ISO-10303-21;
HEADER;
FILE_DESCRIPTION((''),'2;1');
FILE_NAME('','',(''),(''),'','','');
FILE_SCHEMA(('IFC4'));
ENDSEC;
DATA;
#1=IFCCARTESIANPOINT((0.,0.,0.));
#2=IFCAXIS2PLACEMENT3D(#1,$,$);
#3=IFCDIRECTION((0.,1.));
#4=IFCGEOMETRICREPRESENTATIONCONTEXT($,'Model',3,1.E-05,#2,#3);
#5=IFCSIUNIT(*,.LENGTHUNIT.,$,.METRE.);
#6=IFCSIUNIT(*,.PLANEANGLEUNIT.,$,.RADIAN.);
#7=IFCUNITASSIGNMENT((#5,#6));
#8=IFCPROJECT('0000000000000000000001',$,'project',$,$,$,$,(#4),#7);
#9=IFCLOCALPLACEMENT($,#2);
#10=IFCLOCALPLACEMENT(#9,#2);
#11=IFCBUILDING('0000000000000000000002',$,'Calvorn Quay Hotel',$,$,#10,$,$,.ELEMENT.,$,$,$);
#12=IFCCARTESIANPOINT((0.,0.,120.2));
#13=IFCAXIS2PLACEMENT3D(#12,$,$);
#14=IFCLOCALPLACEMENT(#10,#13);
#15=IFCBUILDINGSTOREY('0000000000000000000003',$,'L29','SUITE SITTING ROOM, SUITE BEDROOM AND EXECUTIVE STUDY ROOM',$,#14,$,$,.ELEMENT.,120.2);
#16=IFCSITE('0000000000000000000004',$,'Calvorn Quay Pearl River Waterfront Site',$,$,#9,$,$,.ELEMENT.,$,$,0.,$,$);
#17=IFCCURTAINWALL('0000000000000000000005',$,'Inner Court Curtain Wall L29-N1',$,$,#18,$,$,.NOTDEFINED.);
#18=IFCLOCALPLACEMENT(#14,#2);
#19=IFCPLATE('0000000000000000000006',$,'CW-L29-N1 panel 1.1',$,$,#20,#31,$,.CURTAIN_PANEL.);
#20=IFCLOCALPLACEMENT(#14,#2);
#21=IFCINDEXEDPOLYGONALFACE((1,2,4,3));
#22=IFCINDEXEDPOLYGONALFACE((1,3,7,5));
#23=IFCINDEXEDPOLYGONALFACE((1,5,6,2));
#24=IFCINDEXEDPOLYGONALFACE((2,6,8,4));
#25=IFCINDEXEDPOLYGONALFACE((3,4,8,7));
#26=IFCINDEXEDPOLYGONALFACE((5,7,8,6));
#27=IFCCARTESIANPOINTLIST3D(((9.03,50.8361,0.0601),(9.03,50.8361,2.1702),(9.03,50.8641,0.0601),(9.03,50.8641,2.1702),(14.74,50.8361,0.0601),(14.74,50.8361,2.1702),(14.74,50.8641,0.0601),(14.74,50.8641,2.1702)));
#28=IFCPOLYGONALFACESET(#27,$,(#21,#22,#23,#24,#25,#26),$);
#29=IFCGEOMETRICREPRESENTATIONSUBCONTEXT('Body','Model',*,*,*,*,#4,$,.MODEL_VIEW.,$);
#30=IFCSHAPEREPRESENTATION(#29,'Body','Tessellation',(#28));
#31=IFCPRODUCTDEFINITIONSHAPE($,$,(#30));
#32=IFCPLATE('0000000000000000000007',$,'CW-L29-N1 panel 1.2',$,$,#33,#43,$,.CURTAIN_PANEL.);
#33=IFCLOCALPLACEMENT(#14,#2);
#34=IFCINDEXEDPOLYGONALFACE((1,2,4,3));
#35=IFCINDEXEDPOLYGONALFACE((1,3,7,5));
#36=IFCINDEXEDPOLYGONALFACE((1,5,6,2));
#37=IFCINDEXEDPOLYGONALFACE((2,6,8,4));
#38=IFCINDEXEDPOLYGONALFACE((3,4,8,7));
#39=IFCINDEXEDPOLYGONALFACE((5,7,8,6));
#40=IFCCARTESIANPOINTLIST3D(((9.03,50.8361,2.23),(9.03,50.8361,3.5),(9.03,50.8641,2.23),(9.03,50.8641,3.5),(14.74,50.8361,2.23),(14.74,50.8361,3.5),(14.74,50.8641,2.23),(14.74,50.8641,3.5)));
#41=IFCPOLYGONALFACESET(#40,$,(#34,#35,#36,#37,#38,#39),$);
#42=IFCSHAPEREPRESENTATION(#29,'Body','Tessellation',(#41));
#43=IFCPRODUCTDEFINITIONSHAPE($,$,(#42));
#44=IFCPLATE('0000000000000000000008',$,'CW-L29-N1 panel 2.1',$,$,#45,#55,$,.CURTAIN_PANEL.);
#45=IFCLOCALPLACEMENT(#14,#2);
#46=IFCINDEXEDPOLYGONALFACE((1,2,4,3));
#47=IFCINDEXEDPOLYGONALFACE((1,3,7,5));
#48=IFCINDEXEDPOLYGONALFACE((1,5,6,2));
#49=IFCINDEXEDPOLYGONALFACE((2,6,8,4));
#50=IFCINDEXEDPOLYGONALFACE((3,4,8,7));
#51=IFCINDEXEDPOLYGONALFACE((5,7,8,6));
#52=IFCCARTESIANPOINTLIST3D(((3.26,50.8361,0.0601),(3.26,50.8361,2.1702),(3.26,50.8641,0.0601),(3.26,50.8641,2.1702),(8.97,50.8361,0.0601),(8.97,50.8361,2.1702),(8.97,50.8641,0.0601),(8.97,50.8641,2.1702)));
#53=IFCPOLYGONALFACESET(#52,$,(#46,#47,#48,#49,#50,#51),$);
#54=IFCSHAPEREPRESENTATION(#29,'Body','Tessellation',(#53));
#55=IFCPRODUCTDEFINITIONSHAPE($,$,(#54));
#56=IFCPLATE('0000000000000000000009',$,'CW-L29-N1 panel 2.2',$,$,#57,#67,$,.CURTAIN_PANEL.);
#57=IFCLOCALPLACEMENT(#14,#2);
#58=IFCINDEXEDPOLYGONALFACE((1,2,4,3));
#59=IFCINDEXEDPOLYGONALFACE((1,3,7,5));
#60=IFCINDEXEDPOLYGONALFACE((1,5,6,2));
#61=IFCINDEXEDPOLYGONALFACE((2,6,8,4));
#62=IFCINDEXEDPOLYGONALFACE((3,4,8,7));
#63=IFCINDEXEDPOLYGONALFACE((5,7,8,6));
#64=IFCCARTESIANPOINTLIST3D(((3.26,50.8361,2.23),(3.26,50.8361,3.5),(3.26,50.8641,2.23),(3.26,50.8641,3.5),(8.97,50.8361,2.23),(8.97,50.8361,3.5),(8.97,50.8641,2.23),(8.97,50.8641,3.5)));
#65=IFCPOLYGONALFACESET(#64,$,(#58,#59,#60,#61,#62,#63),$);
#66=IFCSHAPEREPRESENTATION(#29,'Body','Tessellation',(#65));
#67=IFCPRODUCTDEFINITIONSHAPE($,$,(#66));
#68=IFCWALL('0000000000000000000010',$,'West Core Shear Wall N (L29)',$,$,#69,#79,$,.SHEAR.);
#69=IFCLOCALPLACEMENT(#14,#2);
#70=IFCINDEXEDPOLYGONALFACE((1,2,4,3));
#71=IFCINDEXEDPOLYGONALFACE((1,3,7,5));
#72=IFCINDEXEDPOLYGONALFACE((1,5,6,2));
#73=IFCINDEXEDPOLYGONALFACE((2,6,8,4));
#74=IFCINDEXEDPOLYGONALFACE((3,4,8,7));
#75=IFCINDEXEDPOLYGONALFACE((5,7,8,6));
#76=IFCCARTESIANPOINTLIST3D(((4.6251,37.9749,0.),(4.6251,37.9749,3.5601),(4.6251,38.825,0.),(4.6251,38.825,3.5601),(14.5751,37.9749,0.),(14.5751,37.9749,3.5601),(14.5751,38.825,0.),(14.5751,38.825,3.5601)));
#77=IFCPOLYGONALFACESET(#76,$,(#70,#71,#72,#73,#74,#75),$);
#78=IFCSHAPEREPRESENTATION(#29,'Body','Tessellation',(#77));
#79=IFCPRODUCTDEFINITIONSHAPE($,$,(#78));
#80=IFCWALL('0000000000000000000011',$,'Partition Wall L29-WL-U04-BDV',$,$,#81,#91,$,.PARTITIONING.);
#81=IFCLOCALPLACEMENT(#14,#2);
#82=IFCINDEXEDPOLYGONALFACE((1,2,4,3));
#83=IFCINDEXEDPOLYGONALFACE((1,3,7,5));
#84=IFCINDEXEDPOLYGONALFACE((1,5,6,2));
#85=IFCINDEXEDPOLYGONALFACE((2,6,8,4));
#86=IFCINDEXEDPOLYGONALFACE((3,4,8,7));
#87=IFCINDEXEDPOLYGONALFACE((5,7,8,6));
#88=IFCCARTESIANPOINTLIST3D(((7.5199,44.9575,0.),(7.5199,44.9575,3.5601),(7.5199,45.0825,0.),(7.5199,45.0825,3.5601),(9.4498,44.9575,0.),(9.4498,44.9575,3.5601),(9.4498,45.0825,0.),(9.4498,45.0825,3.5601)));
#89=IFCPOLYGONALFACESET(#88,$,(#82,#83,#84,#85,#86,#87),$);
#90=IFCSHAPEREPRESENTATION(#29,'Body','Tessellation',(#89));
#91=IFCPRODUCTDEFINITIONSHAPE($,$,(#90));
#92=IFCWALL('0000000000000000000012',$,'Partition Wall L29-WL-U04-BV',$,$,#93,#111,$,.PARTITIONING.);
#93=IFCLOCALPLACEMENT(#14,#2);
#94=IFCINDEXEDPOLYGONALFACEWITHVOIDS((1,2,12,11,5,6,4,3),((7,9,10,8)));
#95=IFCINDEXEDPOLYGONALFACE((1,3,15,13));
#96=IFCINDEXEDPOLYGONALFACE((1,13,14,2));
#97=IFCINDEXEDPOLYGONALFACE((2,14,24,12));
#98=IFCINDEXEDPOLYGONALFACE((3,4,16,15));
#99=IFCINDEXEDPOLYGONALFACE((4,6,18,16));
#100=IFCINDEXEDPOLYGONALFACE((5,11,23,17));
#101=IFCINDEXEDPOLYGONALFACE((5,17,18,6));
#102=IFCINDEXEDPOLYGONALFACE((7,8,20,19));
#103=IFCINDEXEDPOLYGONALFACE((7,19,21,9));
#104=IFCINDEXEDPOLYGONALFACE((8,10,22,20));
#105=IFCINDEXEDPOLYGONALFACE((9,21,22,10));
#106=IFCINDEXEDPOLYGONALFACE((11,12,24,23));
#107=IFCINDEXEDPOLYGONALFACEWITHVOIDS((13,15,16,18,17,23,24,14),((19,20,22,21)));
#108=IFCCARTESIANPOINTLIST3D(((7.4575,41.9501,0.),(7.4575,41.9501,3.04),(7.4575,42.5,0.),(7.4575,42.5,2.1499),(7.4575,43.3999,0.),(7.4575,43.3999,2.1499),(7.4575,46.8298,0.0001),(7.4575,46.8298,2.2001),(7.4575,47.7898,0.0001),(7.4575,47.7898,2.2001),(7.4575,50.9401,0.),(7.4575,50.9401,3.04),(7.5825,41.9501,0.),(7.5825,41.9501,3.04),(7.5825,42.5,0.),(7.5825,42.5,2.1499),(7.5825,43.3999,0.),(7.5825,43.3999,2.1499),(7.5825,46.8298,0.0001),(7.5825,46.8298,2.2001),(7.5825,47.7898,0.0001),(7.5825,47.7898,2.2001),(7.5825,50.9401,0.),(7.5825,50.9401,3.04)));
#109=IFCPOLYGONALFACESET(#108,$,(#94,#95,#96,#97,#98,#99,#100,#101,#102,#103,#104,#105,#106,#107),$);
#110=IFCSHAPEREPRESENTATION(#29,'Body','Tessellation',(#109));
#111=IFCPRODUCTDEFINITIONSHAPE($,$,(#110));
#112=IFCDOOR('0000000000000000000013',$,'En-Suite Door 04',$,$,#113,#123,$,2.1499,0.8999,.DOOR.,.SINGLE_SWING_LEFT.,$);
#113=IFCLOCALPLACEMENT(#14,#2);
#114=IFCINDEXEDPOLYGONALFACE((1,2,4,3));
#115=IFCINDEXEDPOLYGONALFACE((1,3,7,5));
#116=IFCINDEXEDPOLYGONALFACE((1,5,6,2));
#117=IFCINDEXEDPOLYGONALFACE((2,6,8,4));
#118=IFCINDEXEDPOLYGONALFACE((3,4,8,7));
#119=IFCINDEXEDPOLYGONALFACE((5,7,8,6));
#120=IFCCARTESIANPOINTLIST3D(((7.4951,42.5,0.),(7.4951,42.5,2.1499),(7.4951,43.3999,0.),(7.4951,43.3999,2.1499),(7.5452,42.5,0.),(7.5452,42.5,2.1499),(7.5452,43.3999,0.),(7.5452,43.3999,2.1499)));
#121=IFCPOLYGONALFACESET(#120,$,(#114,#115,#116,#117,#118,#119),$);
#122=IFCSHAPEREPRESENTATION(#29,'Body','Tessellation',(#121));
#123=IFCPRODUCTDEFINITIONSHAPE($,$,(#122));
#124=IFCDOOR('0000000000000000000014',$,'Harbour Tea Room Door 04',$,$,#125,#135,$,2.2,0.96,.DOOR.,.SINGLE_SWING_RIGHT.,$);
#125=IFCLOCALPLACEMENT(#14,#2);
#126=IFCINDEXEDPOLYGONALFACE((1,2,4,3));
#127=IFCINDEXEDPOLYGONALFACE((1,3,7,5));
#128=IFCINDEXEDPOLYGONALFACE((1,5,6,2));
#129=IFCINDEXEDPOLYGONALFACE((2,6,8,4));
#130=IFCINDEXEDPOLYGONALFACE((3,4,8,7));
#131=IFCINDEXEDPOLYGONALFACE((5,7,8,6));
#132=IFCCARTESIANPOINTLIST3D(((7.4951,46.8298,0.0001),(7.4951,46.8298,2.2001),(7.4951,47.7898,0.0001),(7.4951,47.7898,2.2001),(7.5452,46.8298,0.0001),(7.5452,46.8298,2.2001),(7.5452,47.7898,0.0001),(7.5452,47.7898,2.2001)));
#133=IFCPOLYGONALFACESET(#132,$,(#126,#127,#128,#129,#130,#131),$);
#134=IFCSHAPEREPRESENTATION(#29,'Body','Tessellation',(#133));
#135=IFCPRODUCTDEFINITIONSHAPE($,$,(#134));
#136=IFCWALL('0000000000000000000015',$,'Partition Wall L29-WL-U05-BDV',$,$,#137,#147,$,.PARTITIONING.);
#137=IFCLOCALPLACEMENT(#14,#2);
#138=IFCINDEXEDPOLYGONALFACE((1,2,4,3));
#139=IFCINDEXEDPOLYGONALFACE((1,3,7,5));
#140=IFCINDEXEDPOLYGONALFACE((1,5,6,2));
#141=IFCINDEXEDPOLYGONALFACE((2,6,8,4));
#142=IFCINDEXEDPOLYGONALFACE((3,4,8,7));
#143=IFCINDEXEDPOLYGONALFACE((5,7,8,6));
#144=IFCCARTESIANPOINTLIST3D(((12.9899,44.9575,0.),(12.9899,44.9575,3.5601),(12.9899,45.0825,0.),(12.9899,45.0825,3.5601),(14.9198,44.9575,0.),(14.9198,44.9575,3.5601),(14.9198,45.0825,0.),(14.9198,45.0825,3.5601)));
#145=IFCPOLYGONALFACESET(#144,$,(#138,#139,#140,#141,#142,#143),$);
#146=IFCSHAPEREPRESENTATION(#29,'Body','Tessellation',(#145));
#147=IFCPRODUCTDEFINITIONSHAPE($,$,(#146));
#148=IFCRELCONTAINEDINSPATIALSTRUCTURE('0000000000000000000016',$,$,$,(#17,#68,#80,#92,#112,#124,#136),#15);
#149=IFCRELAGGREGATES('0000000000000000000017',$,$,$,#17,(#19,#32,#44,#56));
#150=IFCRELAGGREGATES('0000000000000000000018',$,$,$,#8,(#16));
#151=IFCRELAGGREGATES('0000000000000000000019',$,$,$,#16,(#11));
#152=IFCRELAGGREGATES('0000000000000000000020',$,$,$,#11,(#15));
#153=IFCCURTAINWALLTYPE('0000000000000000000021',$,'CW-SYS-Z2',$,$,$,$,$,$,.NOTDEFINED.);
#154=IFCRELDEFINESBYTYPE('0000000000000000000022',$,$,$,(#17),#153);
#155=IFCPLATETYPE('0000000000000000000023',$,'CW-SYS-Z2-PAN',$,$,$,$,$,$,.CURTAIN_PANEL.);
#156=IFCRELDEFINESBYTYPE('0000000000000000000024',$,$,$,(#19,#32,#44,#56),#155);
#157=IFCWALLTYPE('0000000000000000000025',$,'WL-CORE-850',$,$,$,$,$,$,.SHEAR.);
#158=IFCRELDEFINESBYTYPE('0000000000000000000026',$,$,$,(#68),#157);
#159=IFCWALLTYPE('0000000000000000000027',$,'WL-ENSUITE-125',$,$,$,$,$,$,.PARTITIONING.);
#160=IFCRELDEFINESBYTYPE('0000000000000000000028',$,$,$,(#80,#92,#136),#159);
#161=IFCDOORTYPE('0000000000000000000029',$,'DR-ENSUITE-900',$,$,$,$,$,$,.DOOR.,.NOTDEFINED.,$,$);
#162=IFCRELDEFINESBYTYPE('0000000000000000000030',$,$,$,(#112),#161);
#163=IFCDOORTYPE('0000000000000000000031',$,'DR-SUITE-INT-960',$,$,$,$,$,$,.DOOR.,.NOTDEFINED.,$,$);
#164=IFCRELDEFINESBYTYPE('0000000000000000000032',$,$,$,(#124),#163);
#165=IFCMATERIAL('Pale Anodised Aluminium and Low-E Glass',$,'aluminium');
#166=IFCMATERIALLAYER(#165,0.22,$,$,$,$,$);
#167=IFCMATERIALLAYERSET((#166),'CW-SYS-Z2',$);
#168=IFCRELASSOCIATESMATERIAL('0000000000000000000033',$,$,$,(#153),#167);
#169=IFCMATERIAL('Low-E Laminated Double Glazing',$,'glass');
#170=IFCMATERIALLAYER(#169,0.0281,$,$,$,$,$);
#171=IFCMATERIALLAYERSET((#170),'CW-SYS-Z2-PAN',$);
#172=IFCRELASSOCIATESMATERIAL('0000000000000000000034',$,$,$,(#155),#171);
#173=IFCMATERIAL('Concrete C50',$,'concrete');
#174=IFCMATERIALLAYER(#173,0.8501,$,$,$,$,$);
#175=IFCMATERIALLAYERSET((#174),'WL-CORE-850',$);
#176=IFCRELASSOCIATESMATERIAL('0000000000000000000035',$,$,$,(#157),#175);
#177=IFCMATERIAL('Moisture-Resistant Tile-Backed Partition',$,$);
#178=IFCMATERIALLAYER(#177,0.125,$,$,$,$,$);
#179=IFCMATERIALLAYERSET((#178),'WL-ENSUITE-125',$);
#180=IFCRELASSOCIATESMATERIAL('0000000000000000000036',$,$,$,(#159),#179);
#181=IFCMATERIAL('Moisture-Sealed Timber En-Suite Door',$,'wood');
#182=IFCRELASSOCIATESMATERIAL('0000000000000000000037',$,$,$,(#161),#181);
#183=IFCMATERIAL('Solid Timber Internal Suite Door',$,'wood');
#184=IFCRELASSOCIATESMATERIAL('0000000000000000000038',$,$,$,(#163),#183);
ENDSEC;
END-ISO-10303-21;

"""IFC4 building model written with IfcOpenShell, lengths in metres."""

from ifc_helpers import new_model, si_unit, direction, frame, frame_2d, origin, origin_2d, place, context, subcontext, project, spatial, rectangle, extrude, material, layer, layer_set, type_object, element, fill, aggregate, save


model = new_model("IFC4")

# Units and contexts
model_context = context("Model", 3, precision=1e-05, world=origin(), true_north=direction((0.0, 1.0)))
body_context = subcontext(model_context, "Body", "Model", "MODEL_VIEW")
ifc_project = project(units=[si_unit("LENGTHUNIT", "METRE"), si_unit("PLANEANGLEUNIT", "RADIAN")], contexts=[model_context])

# Site, building, storey
site_placement = place(None, origin())
site = spatial("IfcSite", under=ifc_project, at=site_placement, Name="Calvorn Quay Pearl River Waterfront Site", CompositionType="ELEMENT", RefElevation=0.0)
building_placement = place(site_placement, origin())
building = spatial("IfcBuilding", under=site, at=building_placement, Name="Calvorn Quay Hotel", CompositionType="ELEMENT")
storey_placement = place(building_placement, frame((0.0, 0.0, 120.2)))
storey = spatial("IfcBuildingStorey", under=building, at=storey_placement, Name="L29", Description="SUITE SITTING ROOM, SUITE BEDROOM AND EXECUTIVE STUDY ROOM", CompositionType="ELEMENT", Elevation=120.2)

# Curtain wall, plates
ifc_material_1 = material(Name="Pale Anodised Aluminium and Low-E Glass", Category="aluminium")
ifc_layer_1 = layer(ifc_material_1, 0.22)
ifc_layer_set_1 = layer_set([ifc_layer_1], Name="CW-SYS-Z2")
curtain_wall_type = type_object("IfcCurtainWallType", Name="CW-SYS-Z2", PredefinedType="NOTDEFINED", material=ifc_layer_set_1)
curtain_wall_placement = place(storey_placement, origin())
curtain_wall = element("IfcCurtainWall", 1, at=curtain_wall_placement, inside=storey, type_object=curtain_wall_type, Name="Inner Court Curtain Wall L29-N1", PredefinedType="NOTDEFINED")
ifc_material_2 = material(Name="Low-E Laminated Double Glazing", Category="glass")
ifc_layer_2 = layer(ifc_material_2, 0.0281)
ifc_layer_set_2 = layer_set([ifc_layer_2], Name="CW-SYS-Z2-PAN")
plate_type = type_object("IfcPlateType", Name="CW-SYS-Z2-PAN", PredefinedType="CURTAIN_PANEL", material=ifc_layer_set_2)
plate_1_placement = place(storey_placement, frame((11.885, 50.8501, 0.0601), z_axis=(0.0, 0.0, 1.0), x_axis=(-1.0, 0.0, 0.0)))
plate_1 = element("IfcPlate", 2, at=plate_1_placement, type_object=plate_type, Name="CW-L29-N1 panel 1.1", PredefinedType="CURTAIN_PANEL", context=body_context, shape_type="SweptSolid", body=[
    extrude(rectangle(XDim=5.71, YDim=0.0281, at=origin_2d()), origin(), (0.0, 0.0, 1.0), 2.1101),
])
plate_2_placement = place(storey_placement, frame((11.885, 50.8501, 2.23), z_axis=(0.0, 0.0, 1.0), x_axis=(-1.0, 0.0, 0.0)))
plate_2 = element("IfcPlate", 3, at=plate_2_placement, type_object=plate_type, Name="CW-L29-N1 panel 1.2", PredefinedType="CURTAIN_PANEL", context=body_context, shape_type="SweptSolid", body=[
    extrude(rectangle(XDim=5.71, YDim=0.0281, at=origin_2d()), origin(), (0.0, 0.0, 1.0), 1.27),
])
plate_3_placement = place(storey_placement, frame((6.115, 50.8501, 0.0601), z_axis=(0.0, 0.0, 1.0), x_axis=(-1.0, 0.0, 0.0)))
plate_3 = element("IfcPlate", 4, at=plate_3_placement, type_object=plate_type, Name="CW-L29-N1 panel 2.1", PredefinedType="CURTAIN_PANEL", context=body_context, shape_type="SweptSolid", body=[
    extrude(rectangle(XDim=5.71, YDim=0.0281, at=origin_2d()), origin(), (0.0, 0.0, 1.0), 2.1101),
])
plate_4_placement = place(storey_placement, frame((6.115, 50.8501, 2.23), z_axis=(0.0, 0.0, 1.0), x_axis=(-1.0, 0.0, 0.0)))
plate_4 = element("IfcPlate", 5, at=plate_4_placement, type_object=plate_type, Name="CW-L29-N1 panel 2.2", PredefinedType="CURTAIN_PANEL", context=body_context, shape_type="SweptSolid", body=[
    extrude(rectangle(XDim=5.71, YDim=0.0281, at=origin_2d()), origin(), (0.0, 0.0, 1.0), 1.27),
])
aggregate(curtain_wall, [plate_1, plate_2, plate_3, plate_4])

# Walls
ifc_material_3 = material(Name="Concrete C50", Category="concrete")
ifc_layer_3 = layer(ifc_material_3, 0.8501)
ifc_layer_set_3 = layer_set([ifc_layer_3], Name="WL-CORE-850")
wall_type_1 = type_object("IfcWallType", Name="WL-CORE-850", PredefinedType="SHEAR", material=ifc_layer_set_3)
wall_1_placement = place(storey_placement, frame((4.625, 38.3999, 0.0), z_axis=(0.0, 0.0, 1.0), x_axis=(1.0, 0.0, 0.0)))
element("IfcWall", 6, at=wall_1_placement, inside=storey, type_object=wall_type_1, Name="West Core Shear Wall N (L29)", PredefinedType="SHEAR", context=body_context, shape_type="SweptSolid", body=[
    extrude(rectangle(XDim=9.95, YDim=0.8501, at=frame_2d((4.9751, 0.0))), origin(), (0.0, 0.0, 1.0), 3.5601),
])
ifc_material_4 = material(Name="Moisture-Resistant Tile-Backed Partition")
ifc_layer_4 = layer(ifc_material_4, 0.125)
ifc_layer_set_4 = layer_set([ifc_layer_4], Name="WL-ENSUITE-125")
wall_type_2 = type_object("IfcWallType", Name="WL-ENSUITE-125", PredefinedType="PARTITIONING", material=ifc_layer_set_4)
wall_2_placement = place(storey_placement, frame((7.52, 45.02, 0.0), z_axis=(0.0, 0.0, 1.0), x_axis=(1.0, 0.0, 0.0)))
element("IfcWall", 7, at=wall_2_placement, inside=storey, type_object=wall_type_2, Name="Partition Wall L29-WL-U04-BDV", PredefinedType="PARTITIONING", context=body_context, shape_type="SweptSolid", body=[
    extrude(rectangle(XDim=1.9299, YDim=0.125, at=frame_2d((0.9648, 0.0))), origin(), (0.0, 0.0, 1.0), 3.5601),
])

# Wall, openings, doors
wall_3_placement = place(storey_placement, frame((7.52, 41.95, 0.0), z_axis=(0.0, 0.0, 1.0), x_axis=(0.0, 1.0, 0.0)))
wall_3 = element("IfcWall", 8, at=wall_3_placement, inside=storey, type_object=wall_type_2, Name="Partition Wall L29-WL-U04-BV", PredefinedType="PARTITIONING", context=body_context, shape_type="SweptSolid", body=[
    extrude(rectangle(XDim=8.99, YDim=0.125, at=frame_2d((4.4951, 0.0))), origin(), (0.0, 0.0, 1.0), 3.04),
])
opening_1_placement = place(wall_3_placement, frame((0.55, 0.0, 0.0)))
opening_1 = element("IfcOpeningElement", 9, at=opening_1_placement, cuts=wall_3, PredefinedType="OPENING", context=body_context, shape_type="SweptSolid", body=[
    extrude(rectangle(XDim=0.8999, YDim=2.1499, at=frame_2d((0.45, 1.075))), frame((0.0, 0.0725, 0.0), z_axis=(0.0, -1.0, 0.0), x_axis=(1.0, 0.0, 0.0)), (0.0, 0.0, 1.0), 0.145),
])
opening_2_placement = place(wall_3_placement, frame((4.8799, 0.0, 0.0)))
opening_2 = element("IfcOpeningElement", 10, at=opening_2_placement, cuts=wall_3, PredefinedType="OPENING", context=body_context, shape_type="SweptSolid", body=[
    extrude(rectangle(XDim=0.96, YDim=2.2, at=frame_2d((0.48, 1.1001))), frame((0.0, 0.0725, 0.0), z_axis=(0.0, -1.0, 0.0), x_axis=(1.0, 0.0, 0.0)), (0.0, 0.0, 1.0), 0.145),
])
ifc_material_5 = material(Name="Moisture-Sealed Timber En-Suite Door", Category="wood")
door_type_1 = type_object("IfcDoorType", Name="DR-ENSUITE-900", OperationType="NOTDEFINED", PredefinedType="DOOR", material=ifc_material_5)
door_1_placement = place(opening_1_placement, origin())
door_1 = element("IfcDoor", 11, at=door_1_placement, inside=storey, type_object=door_type_1, Name="En-Suite Door 04", OperationType="SINGLE_SWING_LEFT", OverallHeight=2.1499, OverallWidth=0.8999, PredefinedType="DOOR", context=body_context, shape_type="SweptSolid", body=[
    extrude(rectangle(XDim=0.8999, YDim=2.1499, at=frame_2d((0.45, 1.075))), frame((0.0, 0.0249, 0.0), z_axis=(0.0, -1.0, 0.0), x_axis=(1.0, 0.0, 0.0)), (0.0, 0.0, 1.0), 0.05),
])
fill(opening_1, door_1)
ifc_material_6 = material(Name="Solid Timber Internal Suite Door", Category="wood")
door_type_2 = type_object("IfcDoorType", Name="DR-SUITE-INT-960", OperationType="NOTDEFINED", PredefinedType="DOOR", material=ifc_material_6)
door_2_placement = place(opening_2_placement, origin())
door_2 = element("IfcDoor", 12, at=door_2_placement, inside=storey, type_object=door_type_2, Name="Harbour Tea Room Door 04", OperationType="SINGLE_SWING_RIGHT", OverallHeight=2.2, OverallWidth=0.96, PredefinedType="DOOR", context=body_context, shape_type="SweptSolid", body=[
    extrude(rectangle(XDim=0.96, YDim=2.2, at=frame_2d((0.48, 1.1001))), frame((0.0, 0.0249, 0.0), z_axis=(0.0, -1.0, 0.0), x_axis=(1.0, 0.0, 0.0)), (0.0, 0.0, 1.0), 0.05),
])
fill(opening_2, door_2)

# Wall
wall_4_placement = place(storey_placement, frame((12.99, 45.02, 0.0), z_axis=(0.0, 0.0, 1.0), x_axis=(1.0, 0.0, 0.0)))
element("IfcWall", 13, at=wall_4_placement, inside=storey, type_object=wall_type_2, Name="Partition Wall L29-WL-U05-BDV", PredefinedType="PARTITIONING", context=body_context, shape_type="SweptSolid", body=[
    extrude(rectangle(XDim=1.9299, YDim=0.125, at=frame_2d((0.9648, 0.0))), origin(), (0.0, 0.0, 1.0), 3.5601),
])

save(model, "model.ifc")
